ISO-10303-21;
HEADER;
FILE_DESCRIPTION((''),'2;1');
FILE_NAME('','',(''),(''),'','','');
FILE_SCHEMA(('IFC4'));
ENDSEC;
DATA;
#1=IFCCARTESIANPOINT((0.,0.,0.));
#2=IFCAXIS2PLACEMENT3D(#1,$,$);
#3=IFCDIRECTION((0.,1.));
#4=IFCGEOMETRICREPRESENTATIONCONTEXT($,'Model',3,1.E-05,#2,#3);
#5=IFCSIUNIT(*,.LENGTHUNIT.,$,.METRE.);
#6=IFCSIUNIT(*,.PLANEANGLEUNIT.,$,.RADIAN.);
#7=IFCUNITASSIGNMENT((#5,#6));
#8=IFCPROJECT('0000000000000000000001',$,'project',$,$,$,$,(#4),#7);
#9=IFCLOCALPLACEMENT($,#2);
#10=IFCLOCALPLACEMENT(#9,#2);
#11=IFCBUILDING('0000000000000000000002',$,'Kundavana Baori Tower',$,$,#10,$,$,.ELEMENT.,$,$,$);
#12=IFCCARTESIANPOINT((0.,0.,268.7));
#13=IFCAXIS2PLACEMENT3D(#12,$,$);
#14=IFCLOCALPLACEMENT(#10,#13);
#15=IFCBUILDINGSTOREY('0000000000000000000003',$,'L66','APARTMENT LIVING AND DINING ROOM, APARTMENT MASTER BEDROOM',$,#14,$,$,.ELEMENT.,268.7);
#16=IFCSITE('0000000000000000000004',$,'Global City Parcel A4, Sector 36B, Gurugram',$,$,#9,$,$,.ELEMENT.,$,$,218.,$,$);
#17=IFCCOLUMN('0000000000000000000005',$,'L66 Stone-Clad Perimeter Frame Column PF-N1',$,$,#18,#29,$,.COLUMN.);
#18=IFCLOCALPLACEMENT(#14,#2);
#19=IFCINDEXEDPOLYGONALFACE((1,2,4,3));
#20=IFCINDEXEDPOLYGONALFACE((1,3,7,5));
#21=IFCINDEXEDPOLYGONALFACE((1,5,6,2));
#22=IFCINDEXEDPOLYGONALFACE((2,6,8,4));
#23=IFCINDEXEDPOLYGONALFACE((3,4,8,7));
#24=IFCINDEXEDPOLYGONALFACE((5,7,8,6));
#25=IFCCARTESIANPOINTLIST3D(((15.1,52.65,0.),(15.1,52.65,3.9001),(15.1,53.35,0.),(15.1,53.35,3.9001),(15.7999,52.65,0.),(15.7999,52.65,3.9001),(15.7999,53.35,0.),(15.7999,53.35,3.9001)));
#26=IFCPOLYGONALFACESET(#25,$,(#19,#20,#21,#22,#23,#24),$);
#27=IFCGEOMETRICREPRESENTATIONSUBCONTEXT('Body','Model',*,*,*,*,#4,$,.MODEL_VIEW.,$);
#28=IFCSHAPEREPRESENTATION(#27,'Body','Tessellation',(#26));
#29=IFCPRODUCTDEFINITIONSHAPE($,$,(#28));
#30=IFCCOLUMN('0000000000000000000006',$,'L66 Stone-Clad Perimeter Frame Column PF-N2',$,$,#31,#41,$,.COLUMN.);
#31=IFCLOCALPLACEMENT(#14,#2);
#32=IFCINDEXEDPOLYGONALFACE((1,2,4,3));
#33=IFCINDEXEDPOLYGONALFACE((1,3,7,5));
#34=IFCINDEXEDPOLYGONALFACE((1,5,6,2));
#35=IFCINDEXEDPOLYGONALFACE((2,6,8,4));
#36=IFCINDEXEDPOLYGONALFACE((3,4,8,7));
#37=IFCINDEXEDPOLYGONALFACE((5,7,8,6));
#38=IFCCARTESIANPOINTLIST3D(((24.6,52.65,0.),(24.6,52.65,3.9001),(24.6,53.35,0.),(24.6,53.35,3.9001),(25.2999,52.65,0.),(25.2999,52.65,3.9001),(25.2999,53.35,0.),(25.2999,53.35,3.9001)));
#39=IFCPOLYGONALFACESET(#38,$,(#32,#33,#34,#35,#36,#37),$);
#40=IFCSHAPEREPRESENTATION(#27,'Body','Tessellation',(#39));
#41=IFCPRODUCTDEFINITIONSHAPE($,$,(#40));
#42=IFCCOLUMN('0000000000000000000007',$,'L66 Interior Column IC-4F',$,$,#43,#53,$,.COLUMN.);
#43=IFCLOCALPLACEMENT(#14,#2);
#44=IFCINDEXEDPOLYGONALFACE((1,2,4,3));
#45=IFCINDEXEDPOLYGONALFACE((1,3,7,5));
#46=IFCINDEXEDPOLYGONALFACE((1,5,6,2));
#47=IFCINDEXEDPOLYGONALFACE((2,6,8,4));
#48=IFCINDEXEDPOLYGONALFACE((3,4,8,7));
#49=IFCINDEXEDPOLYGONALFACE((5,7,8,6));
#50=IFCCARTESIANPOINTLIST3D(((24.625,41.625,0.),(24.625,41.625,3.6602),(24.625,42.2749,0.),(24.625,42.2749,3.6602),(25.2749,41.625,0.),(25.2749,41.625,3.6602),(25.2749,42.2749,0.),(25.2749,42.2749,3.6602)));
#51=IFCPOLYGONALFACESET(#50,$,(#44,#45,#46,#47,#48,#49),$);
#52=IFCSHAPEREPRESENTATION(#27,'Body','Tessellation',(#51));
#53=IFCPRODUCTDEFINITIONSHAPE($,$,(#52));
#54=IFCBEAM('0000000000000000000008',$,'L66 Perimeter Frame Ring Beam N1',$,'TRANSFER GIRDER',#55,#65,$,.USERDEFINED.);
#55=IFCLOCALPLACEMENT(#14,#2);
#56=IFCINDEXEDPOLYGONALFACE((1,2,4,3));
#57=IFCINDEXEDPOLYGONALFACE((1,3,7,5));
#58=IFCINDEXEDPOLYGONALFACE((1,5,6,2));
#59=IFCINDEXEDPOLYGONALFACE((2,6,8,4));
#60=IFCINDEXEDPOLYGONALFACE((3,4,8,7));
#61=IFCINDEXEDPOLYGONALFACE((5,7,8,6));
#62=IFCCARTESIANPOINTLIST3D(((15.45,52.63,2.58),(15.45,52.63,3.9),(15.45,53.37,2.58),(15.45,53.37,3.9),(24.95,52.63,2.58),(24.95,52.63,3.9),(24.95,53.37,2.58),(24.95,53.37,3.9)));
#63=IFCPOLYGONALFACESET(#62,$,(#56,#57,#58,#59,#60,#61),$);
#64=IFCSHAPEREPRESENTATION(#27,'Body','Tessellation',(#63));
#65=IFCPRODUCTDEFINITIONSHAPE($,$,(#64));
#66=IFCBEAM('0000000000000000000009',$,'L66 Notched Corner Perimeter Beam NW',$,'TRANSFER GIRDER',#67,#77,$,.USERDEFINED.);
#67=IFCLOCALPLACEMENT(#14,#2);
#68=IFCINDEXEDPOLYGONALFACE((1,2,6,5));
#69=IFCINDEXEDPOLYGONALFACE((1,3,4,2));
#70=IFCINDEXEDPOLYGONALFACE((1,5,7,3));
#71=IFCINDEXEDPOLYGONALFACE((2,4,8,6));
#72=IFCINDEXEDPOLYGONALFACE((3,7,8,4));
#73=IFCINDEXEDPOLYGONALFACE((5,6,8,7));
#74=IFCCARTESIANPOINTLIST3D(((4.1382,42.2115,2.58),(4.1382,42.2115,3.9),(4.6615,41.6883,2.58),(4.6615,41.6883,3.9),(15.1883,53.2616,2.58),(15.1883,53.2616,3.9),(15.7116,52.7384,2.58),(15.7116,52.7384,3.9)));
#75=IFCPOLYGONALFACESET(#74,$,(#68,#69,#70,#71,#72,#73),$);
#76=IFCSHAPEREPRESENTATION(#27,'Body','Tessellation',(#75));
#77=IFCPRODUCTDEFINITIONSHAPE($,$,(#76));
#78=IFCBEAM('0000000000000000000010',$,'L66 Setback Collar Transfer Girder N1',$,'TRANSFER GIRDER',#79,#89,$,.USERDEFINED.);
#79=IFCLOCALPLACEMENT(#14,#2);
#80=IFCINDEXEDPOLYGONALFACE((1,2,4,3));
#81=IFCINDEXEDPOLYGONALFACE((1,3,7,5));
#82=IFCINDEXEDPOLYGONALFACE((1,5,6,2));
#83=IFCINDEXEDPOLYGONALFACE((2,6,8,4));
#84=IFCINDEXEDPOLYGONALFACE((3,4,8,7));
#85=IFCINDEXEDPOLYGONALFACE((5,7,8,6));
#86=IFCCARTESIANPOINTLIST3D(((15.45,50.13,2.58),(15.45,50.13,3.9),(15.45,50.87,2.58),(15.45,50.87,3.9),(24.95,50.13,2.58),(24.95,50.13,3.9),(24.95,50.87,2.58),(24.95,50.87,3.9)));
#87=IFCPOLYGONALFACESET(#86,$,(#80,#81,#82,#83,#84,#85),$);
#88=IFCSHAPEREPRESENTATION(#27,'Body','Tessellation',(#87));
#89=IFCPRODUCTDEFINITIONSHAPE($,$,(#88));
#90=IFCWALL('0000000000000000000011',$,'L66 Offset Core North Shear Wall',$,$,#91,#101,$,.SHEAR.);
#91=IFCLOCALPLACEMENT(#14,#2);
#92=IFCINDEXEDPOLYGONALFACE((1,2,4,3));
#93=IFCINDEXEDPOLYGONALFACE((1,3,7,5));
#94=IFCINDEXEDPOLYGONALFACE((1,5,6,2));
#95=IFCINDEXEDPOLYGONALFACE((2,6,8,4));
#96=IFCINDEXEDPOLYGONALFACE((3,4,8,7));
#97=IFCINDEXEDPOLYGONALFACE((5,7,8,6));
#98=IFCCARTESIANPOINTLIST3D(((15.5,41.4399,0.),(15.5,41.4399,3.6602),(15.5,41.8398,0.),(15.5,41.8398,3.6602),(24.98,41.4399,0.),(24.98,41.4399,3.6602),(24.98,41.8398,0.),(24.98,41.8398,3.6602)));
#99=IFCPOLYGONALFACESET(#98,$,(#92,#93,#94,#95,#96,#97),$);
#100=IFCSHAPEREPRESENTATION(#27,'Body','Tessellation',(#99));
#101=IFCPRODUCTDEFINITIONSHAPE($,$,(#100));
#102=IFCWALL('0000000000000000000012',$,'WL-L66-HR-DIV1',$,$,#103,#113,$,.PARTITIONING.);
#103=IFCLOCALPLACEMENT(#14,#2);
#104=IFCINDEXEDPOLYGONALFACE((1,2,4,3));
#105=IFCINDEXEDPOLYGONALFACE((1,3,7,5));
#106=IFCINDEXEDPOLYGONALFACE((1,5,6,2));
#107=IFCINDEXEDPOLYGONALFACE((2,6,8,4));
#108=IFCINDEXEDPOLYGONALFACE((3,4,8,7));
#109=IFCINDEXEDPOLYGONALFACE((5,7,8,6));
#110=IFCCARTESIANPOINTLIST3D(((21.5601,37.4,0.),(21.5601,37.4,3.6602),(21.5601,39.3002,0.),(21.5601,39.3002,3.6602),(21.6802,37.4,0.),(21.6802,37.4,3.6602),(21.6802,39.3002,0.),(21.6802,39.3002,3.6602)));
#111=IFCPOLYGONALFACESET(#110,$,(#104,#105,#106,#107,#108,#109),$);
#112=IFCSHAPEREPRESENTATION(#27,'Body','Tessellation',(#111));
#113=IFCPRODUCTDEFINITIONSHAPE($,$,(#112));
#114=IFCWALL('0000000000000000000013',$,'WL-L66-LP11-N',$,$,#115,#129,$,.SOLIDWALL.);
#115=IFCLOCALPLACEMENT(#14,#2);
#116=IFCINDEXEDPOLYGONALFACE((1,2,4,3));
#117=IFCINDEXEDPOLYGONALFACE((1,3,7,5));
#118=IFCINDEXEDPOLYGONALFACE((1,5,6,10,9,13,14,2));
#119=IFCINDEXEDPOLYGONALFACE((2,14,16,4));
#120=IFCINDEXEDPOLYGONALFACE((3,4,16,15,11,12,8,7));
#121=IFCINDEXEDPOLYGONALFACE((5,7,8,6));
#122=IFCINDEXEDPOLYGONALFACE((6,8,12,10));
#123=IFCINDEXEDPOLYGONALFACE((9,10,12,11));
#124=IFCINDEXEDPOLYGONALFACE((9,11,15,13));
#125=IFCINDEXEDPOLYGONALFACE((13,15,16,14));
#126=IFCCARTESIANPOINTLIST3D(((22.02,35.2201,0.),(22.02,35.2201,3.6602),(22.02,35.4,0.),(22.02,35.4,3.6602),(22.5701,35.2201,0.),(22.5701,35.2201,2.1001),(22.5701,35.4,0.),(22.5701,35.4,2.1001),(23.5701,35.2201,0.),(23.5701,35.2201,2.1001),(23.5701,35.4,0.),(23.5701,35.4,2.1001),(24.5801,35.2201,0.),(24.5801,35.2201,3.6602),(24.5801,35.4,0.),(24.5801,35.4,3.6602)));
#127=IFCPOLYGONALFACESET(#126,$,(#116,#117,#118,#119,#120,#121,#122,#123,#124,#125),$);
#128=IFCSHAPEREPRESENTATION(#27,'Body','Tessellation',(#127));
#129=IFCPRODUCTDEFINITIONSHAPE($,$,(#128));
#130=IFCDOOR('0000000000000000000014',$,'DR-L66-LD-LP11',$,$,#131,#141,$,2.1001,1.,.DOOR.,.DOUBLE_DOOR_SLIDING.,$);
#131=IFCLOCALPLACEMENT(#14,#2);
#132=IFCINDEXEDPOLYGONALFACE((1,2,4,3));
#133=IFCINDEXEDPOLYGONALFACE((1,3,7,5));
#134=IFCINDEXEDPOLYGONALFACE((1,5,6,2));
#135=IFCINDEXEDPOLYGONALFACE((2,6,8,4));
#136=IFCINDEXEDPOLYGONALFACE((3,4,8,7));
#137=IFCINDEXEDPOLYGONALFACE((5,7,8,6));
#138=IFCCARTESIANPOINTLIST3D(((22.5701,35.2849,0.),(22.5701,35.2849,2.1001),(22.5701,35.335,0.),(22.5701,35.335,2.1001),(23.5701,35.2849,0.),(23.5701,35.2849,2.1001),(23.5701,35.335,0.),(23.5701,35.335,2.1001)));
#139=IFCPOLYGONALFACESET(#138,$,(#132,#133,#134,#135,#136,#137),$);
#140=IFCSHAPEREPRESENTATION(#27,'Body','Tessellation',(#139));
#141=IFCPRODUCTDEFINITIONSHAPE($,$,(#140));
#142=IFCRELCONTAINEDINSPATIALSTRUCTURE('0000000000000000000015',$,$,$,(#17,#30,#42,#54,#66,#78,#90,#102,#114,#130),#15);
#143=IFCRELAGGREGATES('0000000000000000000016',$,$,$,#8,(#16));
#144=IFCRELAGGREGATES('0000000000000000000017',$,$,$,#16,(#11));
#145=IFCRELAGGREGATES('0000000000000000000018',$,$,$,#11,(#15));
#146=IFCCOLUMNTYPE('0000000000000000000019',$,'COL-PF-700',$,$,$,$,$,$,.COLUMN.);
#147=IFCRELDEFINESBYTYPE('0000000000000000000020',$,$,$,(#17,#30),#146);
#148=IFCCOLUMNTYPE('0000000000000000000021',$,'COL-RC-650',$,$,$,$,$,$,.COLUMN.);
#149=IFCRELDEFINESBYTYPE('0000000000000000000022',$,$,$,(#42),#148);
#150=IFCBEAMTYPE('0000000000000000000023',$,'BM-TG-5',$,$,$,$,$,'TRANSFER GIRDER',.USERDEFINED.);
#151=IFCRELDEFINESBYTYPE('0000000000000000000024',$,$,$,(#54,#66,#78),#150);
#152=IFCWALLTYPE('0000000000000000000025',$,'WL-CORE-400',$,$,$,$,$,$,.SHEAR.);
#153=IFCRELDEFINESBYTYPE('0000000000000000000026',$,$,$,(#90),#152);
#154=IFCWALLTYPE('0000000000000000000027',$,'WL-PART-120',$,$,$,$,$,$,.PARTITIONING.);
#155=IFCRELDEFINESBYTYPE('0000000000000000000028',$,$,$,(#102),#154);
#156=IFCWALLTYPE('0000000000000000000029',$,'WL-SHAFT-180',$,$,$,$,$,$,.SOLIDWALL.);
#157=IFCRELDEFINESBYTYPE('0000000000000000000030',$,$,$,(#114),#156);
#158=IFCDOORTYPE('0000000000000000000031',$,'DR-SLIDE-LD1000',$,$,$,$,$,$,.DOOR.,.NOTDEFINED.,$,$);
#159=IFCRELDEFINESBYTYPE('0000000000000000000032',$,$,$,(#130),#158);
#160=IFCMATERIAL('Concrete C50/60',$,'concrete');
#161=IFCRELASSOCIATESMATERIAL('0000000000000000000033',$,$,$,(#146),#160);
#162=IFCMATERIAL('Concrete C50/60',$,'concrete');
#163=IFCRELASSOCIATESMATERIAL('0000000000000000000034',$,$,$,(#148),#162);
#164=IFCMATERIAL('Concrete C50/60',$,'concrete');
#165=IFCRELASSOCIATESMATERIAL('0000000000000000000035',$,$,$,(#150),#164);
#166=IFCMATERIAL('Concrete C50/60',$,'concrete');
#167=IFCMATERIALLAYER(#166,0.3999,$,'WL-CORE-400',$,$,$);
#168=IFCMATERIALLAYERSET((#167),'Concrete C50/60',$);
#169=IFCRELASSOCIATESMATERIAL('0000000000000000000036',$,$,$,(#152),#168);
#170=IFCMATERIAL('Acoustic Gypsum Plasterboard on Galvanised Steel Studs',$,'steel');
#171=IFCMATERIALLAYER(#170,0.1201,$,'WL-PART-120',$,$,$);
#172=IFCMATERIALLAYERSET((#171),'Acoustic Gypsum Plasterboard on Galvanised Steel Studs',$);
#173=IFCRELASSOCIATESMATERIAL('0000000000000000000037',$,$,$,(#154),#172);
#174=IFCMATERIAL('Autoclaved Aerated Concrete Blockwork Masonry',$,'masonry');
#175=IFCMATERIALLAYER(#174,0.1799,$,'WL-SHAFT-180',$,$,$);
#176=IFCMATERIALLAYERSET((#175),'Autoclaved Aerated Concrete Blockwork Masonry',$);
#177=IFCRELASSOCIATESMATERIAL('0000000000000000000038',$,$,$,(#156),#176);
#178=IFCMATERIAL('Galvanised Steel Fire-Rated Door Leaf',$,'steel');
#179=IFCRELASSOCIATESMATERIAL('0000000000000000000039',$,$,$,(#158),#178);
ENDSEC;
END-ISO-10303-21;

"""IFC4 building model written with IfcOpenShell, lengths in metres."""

from ifc_helpers import new_model, si_unit, direction, frame, frame_2d, origin, origin_2d, place, context, subcontext, project, spatial, rectangle, extrude, material, layer, layer_set, material_profile, profile_set, type_object, element, fill, save


model = new_model("IFC4")

# Units and contexts
model_context = context("Model", 3, precision=1e-05, world=origin(), true_north=direction((0.0, 1.0)))
body_context = subcontext(model_context, "Body", "Model", "MODEL_VIEW")
ifc_project = project(units=[si_unit("LENGTHUNIT", "METRE"), si_unit("PLANEANGLEUNIT", "RADIAN")], contexts=[model_context])

# Site, building, storey
site_placement = place(None, origin())
site = spatial("IfcSite", under=ifc_project, at=site_placement, Name="Global City Parcel A4, Sector 36B, Gurugram", CompositionType="ELEMENT", RefElevation=218.0)
building_placement = place(site_placement, origin())
building = spatial("IfcBuilding", under=site, at=building_placement, Name="Kundavana Baori Tower", CompositionType="ELEMENT")
storey_placement = place(building_placement, frame((0.0, 0.0, 268.7)))
storey = spatial("IfcBuildingStorey", under=building, at=storey_placement, Name="L66", Description="APARTMENT LIVING AND DINING ROOM, APARTMENT MASTER BEDROOM", CompositionType="ELEMENT", Elevation=268.7)

# Columns
ifc_material_1 = material(Name="Concrete C50/60", Category="concrete")
ifc_material_profile_1 = material_profile(ifc_material_1, rectangle(XDim=0.7, YDim=0.7, at=origin_2d()), Name="RC PF 700x700")
ifc_profile_set_1 = profile_set([ifc_material_profile_1], Name="Concrete C50/60")
column_type_1 = type_object("IfcColumnType", Name="COL-PF-700", PredefinedType="COLUMN", material=ifc_profile_set_1)
for number, where, z_axis, x_axis, name in (
    (1, (15.45, 53.0, 0.0), (0.0, 0.0, 1.0), (1.0, 0.0, 0.0), "L66 Stone-Clad Perimeter Frame Column PF-N1"),
    (2, (24.95, 53.0, 0.0), (0.0, 0.0, 1.0), (1.0, 0.0, 0.0), "L66 Stone-Clad Perimeter Frame Column PF-N2"),
):
    element("IfcColumn", number, at=place(storey_placement, frame(where, z_axis=z_axis, x_axis=x_axis)), inside=storey, type_object=column_type_1, Name=name, PredefinedType="COLUMN", context=body_context, shape_type="SweptSolid", body=[
        extrude(rectangle(XDim=0.7, YDim=0.7, at=origin_2d()), origin(), (0.0, 0.0, 1.0), 3.9001),
    ])
ifc_material_2 = material(Name="Concrete C50/60", Category="concrete")
ifc_material_profile_2 = material_profile(ifc_material_2, rectangle(XDim=0.6499, YDim=0.6499, at=origin_2d()), Name="RC 650x650")
ifc_profile_set_2 = profile_set([ifc_material_profile_2], Name="Concrete C50/60")
column_type_2 = type_object("IfcColumnType", Name="COL-RC-650", PredefinedType="COLUMN", material=ifc_profile_set_2)
column_placement = place(storey_placement, frame((24.95, 41.95, 0.0), z_axis=(0.0, 0.0, 1.0), x_axis=(1.0, 0.0, 0.0)))
element("IfcColumn", 3, at=column_placement, inside=storey, type_object=column_type_2, Name="L66 Interior Column IC-4F", PredefinedType="COLUMN", context=body_context, shape_type="SweptSolid", body=[
    extrude(rectangle(XDim=0.6499, YDim=0.6499, at=origin_2d()), origin(), (0.0, 0.0, 1.0), 3.6602),
])

# Beams
ifc_material_3 = material(Name="Concrete C50/60", Category="concrete")
ifc_material_profile_3 = material_profile(ifc_material_3, rectangle(XDim=0.74, YDim=1.3201, at=origin_2d()), Name="BM-TG-5")
ifc_profile_set_3 = profile_set([ifc_material_profile_3], Name="Concrete C50/60")
beam_type = type_object("IfcBeamType", Name="BM-TG-5", ElementType="TRANSFER GIRDER", PredefinedType="USERDEFINED", material=ifc_profile_set_3)
beam_1_placement = place(storey_placement, frame((15.45, 53.0, 3.24), z_axis=(1.0, 0.0, 0.0), x_axis=(0.0, 1.0, 0.0)))
element("IfcBeam", 4, at=beam_1_placement, inside=storey, type_object=beam_type, Name="L66 Perimeter Frame Ring Beam N1", ObjectType="TRANSFER GIRDER", PredefinedType="USERDEFINED", context=body_context, shape_type="SweptSolid", body=[
    extrude(rectangle(XDim=0.74, YDim=1.3201, at=origin_2d()), origin(), (0.0, 0.0, 1.0), 9.5),
])
beam_2_placement = place(storey_placement, frame((15.45, 53.0, 3.24), z_axis=(-0.707107, -0.707107, 0.0), x_axis=(0.707107, -0.707107, 0.0)))
element("IfcBeam", 5, at=beam_2_placement, inside=storey, type_object=beam_type, Name="L66 Notched Corner Perimeter Beam NW", ObjectType="TRANSFER GIRDER", PredefinedType="USERDEFINED", context=body_context, shape_type="SweptSolid", body=[
    extrude(rectangle(XDim=0.74, YDim=1.3201, at=origin_2d()), origin(), (0.0, 0.0, 1.0), 15.6272),
])
beam_3_placement = place(storey_placement, frame((15.45, 50.5, 3.24), z_axis=(1.0, 0.0, 0.0), x_axis=(0.0, 1.0, 0.0)))
element("IfcBeam", 6, at=beam_3_placement, inside=storey, type_object=beam_type, Name="L66 Setback Collar Transfer Girder N1", ObjectType="TRANSFER GIRDER", PredefinedType="USERDEFINED", context=body_context, shape_type="SweptSolid", body=[
    extrude(rectangle(XDim=0.74, YDim=1.3201, at=origin_2d()), origin(), (0.0, 0.0, 1.0), 9.5),
])

# Walls
ifc_material_4 = material(Name="Concrete C50/60", Category="concrete")
ifc_layer_1 = layer(ifc_material_4, 0.3999, Name="WL-CORE-400")
ifc_layer_set_1 = layer_set([ifc_layer_1], Name="Concrete C50/60")
wall_type_1 = type_object("IfcWallType", Name="WL-CORE-400", PredefinedType="SHEAR", material=ifc_layer_set_1)
wall_1_placement = place(storey_placement, frame((15.5, 41.6399, 0.0), z_axis=(0.0, 0.0, 1.0), x_axis=(1.0, 0.0, 0.0)))
element("IfcWall", 7, at=wall_1_placement, inside=storey, type_object=wall_type_1, Name="L66 Offset Core North Shear Wall", PredefinedType="SHEAR", context=body_context, shape_type="SweptSolid", body=[
    extrude(rectangle(XDim=9.48, YDim=0.3999, at=frame_2d((4.74, 0.0))), origin(), (0.0, 0.0, 1.0), 3.6602),
])
ifc_material_5 = material(Name="Acoustic Gypsum Plasterboard on Galvanised Steel Studs", Category="steel")
ifc_layer_2 = layer(ifc_material_5, 0.1201, Name="WL-PART-120")
ifc_layer_set_2 = layer_set([ifc_layer_2], Name="Acoustic Gypsum Plasterboard on Galvanised Steel Studs")
wall_type_2 = type_object("IfcWallType", Name="WL-PART-120", PredefinedType="PARTITIONING", material=ifc_layer_set_2)
wall_2_placement = place(storey_placement, frame((21.6201, 37.3999, 0.0), z_axis=(0.0, 0.0, 1.0), x_axis=(0.0, 1.0, 0.0)))
element("IfcWall", 8, at=wall_2_placement, inside=storey, type_object=wall_type_2, Name="WL-L66-HR-DIV1", PredefinedType="PARTITIONING", context=body_context, shape_type="SweptSolid", body=[
    extrude(rectangle(XDim=1.9001, YDim=0.1201, at=frame_2d((0.9502, 0.0))), origin(), (0.0, 0.0, 1.0), 3.6602),
])

# Wall, opening, door
ifc_material_6 = material(Name="Autoclaved Aerated Concrete Blockwork Masonry", Category="masonry")
ifc_layer_3 = layer(ifc_material_6, 0.1799, Name="WL-SHAFT-180")
ifc_layer_set_3 = layer_set([ifc_layer_3], Name="Autoclaved Aerated Concrete Blockwork Masonry")
wall_type_3 = type_object("IfcWallType", Name="WL-SHAFT-180", PredefinedType="SOLIDWALL", material=ifc_layer_set_3)
wall_3_placement = place(storey_placement, frame((22.02, 35.3101, 0.0), z_axis=(0.0, 0.0, 1.0), x_axis=(1.0, 0.0, 0.0)))
wall_3 = element("IfcWall", 9, at=wall_3_placement, inside=storey, type_object=wall_type_3, Name="WL-L66-LP11-N", PredefinedType="SOLIDWALL", context=body_context, shape_type="SweptSolid", body=[
    extrude(rectangle(XDim=2.5601, YDim=0.1799, at=frame_2d((1.28, 0.0))), origin(), (0.0, 0.0, 1.0), 3.6602),
])
opening_1_placement = place(wall_3_placement, frame((0.55, 0.0, 0.0)))
opening_1 = element("IfcOpeningElement", 10, at=opening_1_placement, cuts=wall_3, PredefinedType="OPENING", context=body_context, shape_type="SweptSolid", body=[
    extrude(rectangle(XDim=1.0, YDim=2.1001, at=frame_2d((0.5, 1.05))), frame((0.0, 0.1001, 0.0), z_axis=(0.0, -1.0, 0.0), x_axis=(1.0, 0.0, 0.0)), (0.0, 0.0, 1.0), 0.2),
])
ifc_material_7 = material(Name="Galvanised Steel Fire-Rated Door Leaf", Category="steel")
door_type = type_object("IfcDoorType", Name="DR-SLIDE-LD1000", OperationType="NOTDEFINED", PredefinedType="DOOR", material=ifc_material_7)
door_1_placement = place(opening_1_placement, origin())
door_1 = element("IfcDoor", 11, at=door_1_placement, inside=storey, type_object=door_type, Name="DR-L66-LD-LP11", OperationType="DOUBLE_DOOR_SLIDING", OverallHeight=2.1001, OverallWidth=1.0, PredefinedType="DOOR", context=body_context, shape_type="SweptSolid", body=[
    extrude(rectangle(XDim=1.0, YDim=2.1001, at=frame_2d((0.5, 1.05))), frame((0.0, 0.0249, 0.0), z_axis=(0.0, -1.0, 0.0), x_axis=(1.0, 0.0, 0.0)), (0.0, 0.0, 1.0), 0.05),
])
fill(opening_1, door_1)

save(model, "model.ifc")
